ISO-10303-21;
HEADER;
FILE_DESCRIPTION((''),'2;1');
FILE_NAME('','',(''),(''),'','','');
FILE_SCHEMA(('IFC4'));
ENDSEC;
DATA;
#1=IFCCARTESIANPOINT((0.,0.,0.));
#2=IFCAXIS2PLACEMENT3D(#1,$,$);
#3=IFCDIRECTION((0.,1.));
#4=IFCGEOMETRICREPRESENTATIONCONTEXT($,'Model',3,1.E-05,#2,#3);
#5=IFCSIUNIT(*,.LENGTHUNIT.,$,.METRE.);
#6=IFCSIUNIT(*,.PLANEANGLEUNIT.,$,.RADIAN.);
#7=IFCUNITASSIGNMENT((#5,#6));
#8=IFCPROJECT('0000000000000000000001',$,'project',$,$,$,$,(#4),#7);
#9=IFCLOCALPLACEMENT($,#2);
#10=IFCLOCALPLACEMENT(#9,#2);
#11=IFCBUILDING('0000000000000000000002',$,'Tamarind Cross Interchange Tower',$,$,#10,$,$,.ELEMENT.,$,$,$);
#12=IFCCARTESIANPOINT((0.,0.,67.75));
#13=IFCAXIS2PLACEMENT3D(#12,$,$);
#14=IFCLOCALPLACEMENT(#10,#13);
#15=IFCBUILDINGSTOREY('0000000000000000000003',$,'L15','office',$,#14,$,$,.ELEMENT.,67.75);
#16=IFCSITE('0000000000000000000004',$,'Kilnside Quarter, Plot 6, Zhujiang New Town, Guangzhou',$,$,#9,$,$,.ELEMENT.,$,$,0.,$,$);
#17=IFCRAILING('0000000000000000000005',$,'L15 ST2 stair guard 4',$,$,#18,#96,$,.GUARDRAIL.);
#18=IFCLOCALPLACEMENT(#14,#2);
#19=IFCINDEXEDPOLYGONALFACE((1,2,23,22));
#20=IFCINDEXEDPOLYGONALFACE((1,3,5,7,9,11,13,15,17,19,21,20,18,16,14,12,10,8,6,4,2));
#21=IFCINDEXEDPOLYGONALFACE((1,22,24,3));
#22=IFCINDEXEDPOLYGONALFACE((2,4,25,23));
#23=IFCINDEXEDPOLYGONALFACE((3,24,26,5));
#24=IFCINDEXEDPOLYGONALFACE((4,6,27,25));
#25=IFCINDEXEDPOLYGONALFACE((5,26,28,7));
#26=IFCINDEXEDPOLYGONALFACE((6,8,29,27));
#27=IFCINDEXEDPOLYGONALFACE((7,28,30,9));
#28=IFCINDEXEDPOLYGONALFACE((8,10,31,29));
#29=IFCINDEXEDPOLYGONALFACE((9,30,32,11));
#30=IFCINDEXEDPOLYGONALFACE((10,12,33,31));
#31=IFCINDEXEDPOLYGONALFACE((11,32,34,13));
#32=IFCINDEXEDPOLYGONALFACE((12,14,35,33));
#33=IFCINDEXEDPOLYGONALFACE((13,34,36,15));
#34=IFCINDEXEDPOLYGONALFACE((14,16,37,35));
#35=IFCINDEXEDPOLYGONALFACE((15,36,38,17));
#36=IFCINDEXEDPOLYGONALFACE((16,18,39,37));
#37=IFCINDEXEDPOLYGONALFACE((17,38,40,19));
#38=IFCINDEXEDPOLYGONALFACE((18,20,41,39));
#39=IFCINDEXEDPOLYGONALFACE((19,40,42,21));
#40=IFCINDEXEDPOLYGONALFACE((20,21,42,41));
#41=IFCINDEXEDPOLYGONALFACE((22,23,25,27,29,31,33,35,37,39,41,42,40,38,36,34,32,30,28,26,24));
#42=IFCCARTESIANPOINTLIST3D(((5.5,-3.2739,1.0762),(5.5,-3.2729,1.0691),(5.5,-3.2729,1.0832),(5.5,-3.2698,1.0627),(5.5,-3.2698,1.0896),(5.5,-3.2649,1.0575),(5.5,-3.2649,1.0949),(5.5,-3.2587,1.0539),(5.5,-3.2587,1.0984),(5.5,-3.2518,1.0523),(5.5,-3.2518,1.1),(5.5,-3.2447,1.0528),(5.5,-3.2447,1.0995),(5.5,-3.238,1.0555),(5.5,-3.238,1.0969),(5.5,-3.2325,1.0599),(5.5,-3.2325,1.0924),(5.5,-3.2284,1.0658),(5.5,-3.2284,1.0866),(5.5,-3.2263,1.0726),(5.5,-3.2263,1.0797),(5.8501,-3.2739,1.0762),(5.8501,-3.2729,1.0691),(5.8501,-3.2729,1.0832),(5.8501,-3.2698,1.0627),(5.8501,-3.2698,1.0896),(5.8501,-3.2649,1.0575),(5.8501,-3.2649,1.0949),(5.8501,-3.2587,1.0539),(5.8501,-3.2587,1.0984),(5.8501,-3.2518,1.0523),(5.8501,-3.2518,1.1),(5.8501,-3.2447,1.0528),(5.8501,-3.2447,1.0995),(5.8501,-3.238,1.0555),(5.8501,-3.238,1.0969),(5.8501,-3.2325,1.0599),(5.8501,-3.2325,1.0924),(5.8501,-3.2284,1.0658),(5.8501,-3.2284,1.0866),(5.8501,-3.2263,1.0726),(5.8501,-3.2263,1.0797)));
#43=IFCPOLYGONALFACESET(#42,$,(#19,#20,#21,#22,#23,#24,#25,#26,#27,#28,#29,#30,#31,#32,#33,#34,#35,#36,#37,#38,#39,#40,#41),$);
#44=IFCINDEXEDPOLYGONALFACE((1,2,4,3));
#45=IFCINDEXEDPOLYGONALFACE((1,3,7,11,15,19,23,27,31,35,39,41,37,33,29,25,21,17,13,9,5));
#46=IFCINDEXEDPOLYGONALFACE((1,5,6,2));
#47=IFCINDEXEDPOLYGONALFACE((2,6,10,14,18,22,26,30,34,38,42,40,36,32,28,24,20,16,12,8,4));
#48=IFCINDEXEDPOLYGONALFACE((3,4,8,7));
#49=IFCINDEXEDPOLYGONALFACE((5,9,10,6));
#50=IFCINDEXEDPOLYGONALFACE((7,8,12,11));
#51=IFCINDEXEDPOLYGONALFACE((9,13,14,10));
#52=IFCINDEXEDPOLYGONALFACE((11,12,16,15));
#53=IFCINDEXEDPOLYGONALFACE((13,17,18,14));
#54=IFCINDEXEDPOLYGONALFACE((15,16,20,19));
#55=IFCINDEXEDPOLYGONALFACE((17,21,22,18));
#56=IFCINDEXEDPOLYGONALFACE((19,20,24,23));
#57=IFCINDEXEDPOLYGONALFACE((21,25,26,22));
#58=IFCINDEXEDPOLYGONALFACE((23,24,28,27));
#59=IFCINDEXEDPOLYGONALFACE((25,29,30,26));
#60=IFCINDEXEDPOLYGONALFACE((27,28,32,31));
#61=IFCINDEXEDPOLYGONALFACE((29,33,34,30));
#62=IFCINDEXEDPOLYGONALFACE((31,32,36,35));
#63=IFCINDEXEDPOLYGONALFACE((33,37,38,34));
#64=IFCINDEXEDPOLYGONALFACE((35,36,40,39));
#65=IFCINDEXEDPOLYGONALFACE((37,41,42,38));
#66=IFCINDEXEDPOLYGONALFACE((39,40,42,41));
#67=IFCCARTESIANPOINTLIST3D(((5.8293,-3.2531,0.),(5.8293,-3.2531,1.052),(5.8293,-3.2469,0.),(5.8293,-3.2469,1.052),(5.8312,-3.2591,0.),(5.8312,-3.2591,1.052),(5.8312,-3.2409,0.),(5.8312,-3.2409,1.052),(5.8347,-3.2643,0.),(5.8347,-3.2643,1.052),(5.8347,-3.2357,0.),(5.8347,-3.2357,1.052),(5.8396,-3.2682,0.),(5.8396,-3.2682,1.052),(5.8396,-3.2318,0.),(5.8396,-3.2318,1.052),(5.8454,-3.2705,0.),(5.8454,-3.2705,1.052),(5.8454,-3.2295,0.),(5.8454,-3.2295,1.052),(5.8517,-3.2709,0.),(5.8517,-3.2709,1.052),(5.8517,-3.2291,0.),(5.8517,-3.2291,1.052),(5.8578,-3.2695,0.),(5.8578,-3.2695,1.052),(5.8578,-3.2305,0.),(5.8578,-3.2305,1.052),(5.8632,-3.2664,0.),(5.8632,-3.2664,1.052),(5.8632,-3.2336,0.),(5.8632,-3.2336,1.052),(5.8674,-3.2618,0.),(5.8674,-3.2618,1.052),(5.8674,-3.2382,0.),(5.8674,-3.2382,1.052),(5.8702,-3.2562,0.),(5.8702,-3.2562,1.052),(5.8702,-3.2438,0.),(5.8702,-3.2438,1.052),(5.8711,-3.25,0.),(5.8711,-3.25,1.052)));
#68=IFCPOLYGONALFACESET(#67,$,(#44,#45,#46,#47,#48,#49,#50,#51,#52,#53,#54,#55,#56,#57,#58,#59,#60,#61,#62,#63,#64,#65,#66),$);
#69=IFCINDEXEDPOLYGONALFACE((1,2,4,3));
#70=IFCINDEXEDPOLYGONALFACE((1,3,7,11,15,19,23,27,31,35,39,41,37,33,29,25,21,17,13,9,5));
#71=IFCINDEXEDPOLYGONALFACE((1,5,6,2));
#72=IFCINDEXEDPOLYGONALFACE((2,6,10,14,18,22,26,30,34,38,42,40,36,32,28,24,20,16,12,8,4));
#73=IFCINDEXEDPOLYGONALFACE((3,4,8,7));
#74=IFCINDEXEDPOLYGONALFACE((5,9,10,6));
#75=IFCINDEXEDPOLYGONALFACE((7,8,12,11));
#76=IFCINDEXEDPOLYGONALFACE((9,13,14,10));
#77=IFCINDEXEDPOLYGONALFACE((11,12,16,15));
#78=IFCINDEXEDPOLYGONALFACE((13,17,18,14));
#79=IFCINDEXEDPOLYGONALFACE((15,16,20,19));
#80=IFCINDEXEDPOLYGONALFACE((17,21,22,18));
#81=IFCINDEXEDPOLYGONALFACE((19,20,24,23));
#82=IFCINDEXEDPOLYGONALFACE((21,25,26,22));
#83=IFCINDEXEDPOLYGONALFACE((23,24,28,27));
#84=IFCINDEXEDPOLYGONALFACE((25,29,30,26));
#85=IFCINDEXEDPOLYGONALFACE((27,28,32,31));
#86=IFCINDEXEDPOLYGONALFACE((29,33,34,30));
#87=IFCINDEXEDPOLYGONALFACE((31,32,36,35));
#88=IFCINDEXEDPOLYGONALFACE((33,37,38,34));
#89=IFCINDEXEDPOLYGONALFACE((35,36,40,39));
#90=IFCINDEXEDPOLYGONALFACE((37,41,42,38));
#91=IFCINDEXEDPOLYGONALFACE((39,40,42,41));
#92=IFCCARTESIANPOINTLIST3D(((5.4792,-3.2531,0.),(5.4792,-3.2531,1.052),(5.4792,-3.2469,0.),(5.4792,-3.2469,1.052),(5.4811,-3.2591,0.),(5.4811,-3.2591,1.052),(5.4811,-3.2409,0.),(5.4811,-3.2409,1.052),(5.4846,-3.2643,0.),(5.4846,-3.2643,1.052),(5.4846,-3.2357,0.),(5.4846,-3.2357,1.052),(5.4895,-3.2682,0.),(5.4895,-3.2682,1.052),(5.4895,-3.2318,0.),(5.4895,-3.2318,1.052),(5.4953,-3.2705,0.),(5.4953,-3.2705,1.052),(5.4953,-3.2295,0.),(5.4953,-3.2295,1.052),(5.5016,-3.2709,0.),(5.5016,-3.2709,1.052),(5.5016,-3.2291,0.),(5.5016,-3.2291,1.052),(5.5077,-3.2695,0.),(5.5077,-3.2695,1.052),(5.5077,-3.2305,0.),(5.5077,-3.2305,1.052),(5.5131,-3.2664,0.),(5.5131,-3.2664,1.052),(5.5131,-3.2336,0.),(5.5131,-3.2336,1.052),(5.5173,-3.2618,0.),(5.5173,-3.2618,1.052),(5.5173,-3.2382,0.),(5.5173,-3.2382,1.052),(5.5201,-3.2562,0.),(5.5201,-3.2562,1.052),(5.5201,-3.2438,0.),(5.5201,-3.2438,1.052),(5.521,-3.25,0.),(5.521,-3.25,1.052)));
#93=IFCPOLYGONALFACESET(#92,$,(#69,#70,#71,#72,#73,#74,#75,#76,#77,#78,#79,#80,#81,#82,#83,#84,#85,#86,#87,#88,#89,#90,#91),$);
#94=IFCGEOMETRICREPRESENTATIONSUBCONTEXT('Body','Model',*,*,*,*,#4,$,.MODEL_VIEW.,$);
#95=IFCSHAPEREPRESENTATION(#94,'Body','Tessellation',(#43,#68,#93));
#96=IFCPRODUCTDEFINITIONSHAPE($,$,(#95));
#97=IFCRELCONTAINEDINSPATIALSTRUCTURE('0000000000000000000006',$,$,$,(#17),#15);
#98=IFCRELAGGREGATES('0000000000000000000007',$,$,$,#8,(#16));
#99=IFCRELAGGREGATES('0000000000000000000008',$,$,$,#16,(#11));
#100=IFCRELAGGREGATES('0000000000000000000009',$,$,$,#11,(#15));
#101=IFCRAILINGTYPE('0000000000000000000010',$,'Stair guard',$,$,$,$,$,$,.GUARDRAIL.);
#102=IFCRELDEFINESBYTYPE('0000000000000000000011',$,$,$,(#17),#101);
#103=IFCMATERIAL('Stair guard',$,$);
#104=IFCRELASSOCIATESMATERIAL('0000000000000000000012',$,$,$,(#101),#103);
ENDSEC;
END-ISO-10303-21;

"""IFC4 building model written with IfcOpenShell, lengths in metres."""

from ifc_helpers import new_model, si_unit, direction, frame, origin, origin_2d, place, context, subcontext, project, spatial, circle, extrude, material, type_object, element, save


model = new_model("IFC4")

# Units and contexts
model_context = context("Model", 3, precision=1e-05, world=origin(), true_north=direction((0.0, 1.0)))
body_context = subcontext(model_context, "Body", "Model", "MODEL_VIEW")
ifc_project = project(units=[si_unit("LENGTHUNIT", "METRE"), si_unit("PLANEANGLEUNIT", "RADIAN")], contexts=[model_context])

# Site, building, storey
site_placement = place(None, origin())
site = spatial("IfcSite", under=ifc_project, at=site_placement, Name="Kilnside Quarter, Plot 6, Zhujiang New Town, Guangzhou", CompositionType="ELEMENT", RefElevation=0.0)
building_placement = place(site_placement, origin())
building = spatial("IfcBuilding", under=site, at=building_placement, Name="Tamarind Cross Interchange Tower", CompositionType="ELEMENT")
storey_placement = place(building_placement, frame((0.0, 0.0, 67.75)))
storey = spatial("IfcBuildingStorey", under=building, at=storey_placement, Name="L15", Description="office", CompositionType="ELEMENT", Elevation=67.75)

# Railing
ifc_material_1 = material(Name="Stair guard")
railing_type = type_object("IfcRailingType", Name="Stair guard", PredefinedType="GUARDRAIL", material=ifc_material_1)
railing_1_placement = place(storey_placement, frame((5.8501, -3.25, 0.0)))
element("IfcRailing", 1, at=railing_1_placement, inside=storey, type_object=railing_type, Name="L15 ST2 stair guard 4", PredefinedType="GUARDRAIL", context=body_context, shape_type="SweptSolid", body=[
    extrude(circle(Radius=0.0239, at=origin_2d()), frame((0.0, 0.0, 1.0762), z_axis=(-1.0, 0.0, 0.0), x_axis=(0.0, -1.0, 0.0)), (0.0, 0.0, 1.0), 0.3501),
    extrude(circle(Radius=0.021, at=origin_2d()), origin(), (0.0, 0.0, 1.0), 1.052),
    extrude(circle(Radius=0.021, at=origin_2d()), frame((-0.3501, 0.0, 0.0)), (0.0, 0.0, 1.0), 1.052),
])

save(model, "model.ifc")
